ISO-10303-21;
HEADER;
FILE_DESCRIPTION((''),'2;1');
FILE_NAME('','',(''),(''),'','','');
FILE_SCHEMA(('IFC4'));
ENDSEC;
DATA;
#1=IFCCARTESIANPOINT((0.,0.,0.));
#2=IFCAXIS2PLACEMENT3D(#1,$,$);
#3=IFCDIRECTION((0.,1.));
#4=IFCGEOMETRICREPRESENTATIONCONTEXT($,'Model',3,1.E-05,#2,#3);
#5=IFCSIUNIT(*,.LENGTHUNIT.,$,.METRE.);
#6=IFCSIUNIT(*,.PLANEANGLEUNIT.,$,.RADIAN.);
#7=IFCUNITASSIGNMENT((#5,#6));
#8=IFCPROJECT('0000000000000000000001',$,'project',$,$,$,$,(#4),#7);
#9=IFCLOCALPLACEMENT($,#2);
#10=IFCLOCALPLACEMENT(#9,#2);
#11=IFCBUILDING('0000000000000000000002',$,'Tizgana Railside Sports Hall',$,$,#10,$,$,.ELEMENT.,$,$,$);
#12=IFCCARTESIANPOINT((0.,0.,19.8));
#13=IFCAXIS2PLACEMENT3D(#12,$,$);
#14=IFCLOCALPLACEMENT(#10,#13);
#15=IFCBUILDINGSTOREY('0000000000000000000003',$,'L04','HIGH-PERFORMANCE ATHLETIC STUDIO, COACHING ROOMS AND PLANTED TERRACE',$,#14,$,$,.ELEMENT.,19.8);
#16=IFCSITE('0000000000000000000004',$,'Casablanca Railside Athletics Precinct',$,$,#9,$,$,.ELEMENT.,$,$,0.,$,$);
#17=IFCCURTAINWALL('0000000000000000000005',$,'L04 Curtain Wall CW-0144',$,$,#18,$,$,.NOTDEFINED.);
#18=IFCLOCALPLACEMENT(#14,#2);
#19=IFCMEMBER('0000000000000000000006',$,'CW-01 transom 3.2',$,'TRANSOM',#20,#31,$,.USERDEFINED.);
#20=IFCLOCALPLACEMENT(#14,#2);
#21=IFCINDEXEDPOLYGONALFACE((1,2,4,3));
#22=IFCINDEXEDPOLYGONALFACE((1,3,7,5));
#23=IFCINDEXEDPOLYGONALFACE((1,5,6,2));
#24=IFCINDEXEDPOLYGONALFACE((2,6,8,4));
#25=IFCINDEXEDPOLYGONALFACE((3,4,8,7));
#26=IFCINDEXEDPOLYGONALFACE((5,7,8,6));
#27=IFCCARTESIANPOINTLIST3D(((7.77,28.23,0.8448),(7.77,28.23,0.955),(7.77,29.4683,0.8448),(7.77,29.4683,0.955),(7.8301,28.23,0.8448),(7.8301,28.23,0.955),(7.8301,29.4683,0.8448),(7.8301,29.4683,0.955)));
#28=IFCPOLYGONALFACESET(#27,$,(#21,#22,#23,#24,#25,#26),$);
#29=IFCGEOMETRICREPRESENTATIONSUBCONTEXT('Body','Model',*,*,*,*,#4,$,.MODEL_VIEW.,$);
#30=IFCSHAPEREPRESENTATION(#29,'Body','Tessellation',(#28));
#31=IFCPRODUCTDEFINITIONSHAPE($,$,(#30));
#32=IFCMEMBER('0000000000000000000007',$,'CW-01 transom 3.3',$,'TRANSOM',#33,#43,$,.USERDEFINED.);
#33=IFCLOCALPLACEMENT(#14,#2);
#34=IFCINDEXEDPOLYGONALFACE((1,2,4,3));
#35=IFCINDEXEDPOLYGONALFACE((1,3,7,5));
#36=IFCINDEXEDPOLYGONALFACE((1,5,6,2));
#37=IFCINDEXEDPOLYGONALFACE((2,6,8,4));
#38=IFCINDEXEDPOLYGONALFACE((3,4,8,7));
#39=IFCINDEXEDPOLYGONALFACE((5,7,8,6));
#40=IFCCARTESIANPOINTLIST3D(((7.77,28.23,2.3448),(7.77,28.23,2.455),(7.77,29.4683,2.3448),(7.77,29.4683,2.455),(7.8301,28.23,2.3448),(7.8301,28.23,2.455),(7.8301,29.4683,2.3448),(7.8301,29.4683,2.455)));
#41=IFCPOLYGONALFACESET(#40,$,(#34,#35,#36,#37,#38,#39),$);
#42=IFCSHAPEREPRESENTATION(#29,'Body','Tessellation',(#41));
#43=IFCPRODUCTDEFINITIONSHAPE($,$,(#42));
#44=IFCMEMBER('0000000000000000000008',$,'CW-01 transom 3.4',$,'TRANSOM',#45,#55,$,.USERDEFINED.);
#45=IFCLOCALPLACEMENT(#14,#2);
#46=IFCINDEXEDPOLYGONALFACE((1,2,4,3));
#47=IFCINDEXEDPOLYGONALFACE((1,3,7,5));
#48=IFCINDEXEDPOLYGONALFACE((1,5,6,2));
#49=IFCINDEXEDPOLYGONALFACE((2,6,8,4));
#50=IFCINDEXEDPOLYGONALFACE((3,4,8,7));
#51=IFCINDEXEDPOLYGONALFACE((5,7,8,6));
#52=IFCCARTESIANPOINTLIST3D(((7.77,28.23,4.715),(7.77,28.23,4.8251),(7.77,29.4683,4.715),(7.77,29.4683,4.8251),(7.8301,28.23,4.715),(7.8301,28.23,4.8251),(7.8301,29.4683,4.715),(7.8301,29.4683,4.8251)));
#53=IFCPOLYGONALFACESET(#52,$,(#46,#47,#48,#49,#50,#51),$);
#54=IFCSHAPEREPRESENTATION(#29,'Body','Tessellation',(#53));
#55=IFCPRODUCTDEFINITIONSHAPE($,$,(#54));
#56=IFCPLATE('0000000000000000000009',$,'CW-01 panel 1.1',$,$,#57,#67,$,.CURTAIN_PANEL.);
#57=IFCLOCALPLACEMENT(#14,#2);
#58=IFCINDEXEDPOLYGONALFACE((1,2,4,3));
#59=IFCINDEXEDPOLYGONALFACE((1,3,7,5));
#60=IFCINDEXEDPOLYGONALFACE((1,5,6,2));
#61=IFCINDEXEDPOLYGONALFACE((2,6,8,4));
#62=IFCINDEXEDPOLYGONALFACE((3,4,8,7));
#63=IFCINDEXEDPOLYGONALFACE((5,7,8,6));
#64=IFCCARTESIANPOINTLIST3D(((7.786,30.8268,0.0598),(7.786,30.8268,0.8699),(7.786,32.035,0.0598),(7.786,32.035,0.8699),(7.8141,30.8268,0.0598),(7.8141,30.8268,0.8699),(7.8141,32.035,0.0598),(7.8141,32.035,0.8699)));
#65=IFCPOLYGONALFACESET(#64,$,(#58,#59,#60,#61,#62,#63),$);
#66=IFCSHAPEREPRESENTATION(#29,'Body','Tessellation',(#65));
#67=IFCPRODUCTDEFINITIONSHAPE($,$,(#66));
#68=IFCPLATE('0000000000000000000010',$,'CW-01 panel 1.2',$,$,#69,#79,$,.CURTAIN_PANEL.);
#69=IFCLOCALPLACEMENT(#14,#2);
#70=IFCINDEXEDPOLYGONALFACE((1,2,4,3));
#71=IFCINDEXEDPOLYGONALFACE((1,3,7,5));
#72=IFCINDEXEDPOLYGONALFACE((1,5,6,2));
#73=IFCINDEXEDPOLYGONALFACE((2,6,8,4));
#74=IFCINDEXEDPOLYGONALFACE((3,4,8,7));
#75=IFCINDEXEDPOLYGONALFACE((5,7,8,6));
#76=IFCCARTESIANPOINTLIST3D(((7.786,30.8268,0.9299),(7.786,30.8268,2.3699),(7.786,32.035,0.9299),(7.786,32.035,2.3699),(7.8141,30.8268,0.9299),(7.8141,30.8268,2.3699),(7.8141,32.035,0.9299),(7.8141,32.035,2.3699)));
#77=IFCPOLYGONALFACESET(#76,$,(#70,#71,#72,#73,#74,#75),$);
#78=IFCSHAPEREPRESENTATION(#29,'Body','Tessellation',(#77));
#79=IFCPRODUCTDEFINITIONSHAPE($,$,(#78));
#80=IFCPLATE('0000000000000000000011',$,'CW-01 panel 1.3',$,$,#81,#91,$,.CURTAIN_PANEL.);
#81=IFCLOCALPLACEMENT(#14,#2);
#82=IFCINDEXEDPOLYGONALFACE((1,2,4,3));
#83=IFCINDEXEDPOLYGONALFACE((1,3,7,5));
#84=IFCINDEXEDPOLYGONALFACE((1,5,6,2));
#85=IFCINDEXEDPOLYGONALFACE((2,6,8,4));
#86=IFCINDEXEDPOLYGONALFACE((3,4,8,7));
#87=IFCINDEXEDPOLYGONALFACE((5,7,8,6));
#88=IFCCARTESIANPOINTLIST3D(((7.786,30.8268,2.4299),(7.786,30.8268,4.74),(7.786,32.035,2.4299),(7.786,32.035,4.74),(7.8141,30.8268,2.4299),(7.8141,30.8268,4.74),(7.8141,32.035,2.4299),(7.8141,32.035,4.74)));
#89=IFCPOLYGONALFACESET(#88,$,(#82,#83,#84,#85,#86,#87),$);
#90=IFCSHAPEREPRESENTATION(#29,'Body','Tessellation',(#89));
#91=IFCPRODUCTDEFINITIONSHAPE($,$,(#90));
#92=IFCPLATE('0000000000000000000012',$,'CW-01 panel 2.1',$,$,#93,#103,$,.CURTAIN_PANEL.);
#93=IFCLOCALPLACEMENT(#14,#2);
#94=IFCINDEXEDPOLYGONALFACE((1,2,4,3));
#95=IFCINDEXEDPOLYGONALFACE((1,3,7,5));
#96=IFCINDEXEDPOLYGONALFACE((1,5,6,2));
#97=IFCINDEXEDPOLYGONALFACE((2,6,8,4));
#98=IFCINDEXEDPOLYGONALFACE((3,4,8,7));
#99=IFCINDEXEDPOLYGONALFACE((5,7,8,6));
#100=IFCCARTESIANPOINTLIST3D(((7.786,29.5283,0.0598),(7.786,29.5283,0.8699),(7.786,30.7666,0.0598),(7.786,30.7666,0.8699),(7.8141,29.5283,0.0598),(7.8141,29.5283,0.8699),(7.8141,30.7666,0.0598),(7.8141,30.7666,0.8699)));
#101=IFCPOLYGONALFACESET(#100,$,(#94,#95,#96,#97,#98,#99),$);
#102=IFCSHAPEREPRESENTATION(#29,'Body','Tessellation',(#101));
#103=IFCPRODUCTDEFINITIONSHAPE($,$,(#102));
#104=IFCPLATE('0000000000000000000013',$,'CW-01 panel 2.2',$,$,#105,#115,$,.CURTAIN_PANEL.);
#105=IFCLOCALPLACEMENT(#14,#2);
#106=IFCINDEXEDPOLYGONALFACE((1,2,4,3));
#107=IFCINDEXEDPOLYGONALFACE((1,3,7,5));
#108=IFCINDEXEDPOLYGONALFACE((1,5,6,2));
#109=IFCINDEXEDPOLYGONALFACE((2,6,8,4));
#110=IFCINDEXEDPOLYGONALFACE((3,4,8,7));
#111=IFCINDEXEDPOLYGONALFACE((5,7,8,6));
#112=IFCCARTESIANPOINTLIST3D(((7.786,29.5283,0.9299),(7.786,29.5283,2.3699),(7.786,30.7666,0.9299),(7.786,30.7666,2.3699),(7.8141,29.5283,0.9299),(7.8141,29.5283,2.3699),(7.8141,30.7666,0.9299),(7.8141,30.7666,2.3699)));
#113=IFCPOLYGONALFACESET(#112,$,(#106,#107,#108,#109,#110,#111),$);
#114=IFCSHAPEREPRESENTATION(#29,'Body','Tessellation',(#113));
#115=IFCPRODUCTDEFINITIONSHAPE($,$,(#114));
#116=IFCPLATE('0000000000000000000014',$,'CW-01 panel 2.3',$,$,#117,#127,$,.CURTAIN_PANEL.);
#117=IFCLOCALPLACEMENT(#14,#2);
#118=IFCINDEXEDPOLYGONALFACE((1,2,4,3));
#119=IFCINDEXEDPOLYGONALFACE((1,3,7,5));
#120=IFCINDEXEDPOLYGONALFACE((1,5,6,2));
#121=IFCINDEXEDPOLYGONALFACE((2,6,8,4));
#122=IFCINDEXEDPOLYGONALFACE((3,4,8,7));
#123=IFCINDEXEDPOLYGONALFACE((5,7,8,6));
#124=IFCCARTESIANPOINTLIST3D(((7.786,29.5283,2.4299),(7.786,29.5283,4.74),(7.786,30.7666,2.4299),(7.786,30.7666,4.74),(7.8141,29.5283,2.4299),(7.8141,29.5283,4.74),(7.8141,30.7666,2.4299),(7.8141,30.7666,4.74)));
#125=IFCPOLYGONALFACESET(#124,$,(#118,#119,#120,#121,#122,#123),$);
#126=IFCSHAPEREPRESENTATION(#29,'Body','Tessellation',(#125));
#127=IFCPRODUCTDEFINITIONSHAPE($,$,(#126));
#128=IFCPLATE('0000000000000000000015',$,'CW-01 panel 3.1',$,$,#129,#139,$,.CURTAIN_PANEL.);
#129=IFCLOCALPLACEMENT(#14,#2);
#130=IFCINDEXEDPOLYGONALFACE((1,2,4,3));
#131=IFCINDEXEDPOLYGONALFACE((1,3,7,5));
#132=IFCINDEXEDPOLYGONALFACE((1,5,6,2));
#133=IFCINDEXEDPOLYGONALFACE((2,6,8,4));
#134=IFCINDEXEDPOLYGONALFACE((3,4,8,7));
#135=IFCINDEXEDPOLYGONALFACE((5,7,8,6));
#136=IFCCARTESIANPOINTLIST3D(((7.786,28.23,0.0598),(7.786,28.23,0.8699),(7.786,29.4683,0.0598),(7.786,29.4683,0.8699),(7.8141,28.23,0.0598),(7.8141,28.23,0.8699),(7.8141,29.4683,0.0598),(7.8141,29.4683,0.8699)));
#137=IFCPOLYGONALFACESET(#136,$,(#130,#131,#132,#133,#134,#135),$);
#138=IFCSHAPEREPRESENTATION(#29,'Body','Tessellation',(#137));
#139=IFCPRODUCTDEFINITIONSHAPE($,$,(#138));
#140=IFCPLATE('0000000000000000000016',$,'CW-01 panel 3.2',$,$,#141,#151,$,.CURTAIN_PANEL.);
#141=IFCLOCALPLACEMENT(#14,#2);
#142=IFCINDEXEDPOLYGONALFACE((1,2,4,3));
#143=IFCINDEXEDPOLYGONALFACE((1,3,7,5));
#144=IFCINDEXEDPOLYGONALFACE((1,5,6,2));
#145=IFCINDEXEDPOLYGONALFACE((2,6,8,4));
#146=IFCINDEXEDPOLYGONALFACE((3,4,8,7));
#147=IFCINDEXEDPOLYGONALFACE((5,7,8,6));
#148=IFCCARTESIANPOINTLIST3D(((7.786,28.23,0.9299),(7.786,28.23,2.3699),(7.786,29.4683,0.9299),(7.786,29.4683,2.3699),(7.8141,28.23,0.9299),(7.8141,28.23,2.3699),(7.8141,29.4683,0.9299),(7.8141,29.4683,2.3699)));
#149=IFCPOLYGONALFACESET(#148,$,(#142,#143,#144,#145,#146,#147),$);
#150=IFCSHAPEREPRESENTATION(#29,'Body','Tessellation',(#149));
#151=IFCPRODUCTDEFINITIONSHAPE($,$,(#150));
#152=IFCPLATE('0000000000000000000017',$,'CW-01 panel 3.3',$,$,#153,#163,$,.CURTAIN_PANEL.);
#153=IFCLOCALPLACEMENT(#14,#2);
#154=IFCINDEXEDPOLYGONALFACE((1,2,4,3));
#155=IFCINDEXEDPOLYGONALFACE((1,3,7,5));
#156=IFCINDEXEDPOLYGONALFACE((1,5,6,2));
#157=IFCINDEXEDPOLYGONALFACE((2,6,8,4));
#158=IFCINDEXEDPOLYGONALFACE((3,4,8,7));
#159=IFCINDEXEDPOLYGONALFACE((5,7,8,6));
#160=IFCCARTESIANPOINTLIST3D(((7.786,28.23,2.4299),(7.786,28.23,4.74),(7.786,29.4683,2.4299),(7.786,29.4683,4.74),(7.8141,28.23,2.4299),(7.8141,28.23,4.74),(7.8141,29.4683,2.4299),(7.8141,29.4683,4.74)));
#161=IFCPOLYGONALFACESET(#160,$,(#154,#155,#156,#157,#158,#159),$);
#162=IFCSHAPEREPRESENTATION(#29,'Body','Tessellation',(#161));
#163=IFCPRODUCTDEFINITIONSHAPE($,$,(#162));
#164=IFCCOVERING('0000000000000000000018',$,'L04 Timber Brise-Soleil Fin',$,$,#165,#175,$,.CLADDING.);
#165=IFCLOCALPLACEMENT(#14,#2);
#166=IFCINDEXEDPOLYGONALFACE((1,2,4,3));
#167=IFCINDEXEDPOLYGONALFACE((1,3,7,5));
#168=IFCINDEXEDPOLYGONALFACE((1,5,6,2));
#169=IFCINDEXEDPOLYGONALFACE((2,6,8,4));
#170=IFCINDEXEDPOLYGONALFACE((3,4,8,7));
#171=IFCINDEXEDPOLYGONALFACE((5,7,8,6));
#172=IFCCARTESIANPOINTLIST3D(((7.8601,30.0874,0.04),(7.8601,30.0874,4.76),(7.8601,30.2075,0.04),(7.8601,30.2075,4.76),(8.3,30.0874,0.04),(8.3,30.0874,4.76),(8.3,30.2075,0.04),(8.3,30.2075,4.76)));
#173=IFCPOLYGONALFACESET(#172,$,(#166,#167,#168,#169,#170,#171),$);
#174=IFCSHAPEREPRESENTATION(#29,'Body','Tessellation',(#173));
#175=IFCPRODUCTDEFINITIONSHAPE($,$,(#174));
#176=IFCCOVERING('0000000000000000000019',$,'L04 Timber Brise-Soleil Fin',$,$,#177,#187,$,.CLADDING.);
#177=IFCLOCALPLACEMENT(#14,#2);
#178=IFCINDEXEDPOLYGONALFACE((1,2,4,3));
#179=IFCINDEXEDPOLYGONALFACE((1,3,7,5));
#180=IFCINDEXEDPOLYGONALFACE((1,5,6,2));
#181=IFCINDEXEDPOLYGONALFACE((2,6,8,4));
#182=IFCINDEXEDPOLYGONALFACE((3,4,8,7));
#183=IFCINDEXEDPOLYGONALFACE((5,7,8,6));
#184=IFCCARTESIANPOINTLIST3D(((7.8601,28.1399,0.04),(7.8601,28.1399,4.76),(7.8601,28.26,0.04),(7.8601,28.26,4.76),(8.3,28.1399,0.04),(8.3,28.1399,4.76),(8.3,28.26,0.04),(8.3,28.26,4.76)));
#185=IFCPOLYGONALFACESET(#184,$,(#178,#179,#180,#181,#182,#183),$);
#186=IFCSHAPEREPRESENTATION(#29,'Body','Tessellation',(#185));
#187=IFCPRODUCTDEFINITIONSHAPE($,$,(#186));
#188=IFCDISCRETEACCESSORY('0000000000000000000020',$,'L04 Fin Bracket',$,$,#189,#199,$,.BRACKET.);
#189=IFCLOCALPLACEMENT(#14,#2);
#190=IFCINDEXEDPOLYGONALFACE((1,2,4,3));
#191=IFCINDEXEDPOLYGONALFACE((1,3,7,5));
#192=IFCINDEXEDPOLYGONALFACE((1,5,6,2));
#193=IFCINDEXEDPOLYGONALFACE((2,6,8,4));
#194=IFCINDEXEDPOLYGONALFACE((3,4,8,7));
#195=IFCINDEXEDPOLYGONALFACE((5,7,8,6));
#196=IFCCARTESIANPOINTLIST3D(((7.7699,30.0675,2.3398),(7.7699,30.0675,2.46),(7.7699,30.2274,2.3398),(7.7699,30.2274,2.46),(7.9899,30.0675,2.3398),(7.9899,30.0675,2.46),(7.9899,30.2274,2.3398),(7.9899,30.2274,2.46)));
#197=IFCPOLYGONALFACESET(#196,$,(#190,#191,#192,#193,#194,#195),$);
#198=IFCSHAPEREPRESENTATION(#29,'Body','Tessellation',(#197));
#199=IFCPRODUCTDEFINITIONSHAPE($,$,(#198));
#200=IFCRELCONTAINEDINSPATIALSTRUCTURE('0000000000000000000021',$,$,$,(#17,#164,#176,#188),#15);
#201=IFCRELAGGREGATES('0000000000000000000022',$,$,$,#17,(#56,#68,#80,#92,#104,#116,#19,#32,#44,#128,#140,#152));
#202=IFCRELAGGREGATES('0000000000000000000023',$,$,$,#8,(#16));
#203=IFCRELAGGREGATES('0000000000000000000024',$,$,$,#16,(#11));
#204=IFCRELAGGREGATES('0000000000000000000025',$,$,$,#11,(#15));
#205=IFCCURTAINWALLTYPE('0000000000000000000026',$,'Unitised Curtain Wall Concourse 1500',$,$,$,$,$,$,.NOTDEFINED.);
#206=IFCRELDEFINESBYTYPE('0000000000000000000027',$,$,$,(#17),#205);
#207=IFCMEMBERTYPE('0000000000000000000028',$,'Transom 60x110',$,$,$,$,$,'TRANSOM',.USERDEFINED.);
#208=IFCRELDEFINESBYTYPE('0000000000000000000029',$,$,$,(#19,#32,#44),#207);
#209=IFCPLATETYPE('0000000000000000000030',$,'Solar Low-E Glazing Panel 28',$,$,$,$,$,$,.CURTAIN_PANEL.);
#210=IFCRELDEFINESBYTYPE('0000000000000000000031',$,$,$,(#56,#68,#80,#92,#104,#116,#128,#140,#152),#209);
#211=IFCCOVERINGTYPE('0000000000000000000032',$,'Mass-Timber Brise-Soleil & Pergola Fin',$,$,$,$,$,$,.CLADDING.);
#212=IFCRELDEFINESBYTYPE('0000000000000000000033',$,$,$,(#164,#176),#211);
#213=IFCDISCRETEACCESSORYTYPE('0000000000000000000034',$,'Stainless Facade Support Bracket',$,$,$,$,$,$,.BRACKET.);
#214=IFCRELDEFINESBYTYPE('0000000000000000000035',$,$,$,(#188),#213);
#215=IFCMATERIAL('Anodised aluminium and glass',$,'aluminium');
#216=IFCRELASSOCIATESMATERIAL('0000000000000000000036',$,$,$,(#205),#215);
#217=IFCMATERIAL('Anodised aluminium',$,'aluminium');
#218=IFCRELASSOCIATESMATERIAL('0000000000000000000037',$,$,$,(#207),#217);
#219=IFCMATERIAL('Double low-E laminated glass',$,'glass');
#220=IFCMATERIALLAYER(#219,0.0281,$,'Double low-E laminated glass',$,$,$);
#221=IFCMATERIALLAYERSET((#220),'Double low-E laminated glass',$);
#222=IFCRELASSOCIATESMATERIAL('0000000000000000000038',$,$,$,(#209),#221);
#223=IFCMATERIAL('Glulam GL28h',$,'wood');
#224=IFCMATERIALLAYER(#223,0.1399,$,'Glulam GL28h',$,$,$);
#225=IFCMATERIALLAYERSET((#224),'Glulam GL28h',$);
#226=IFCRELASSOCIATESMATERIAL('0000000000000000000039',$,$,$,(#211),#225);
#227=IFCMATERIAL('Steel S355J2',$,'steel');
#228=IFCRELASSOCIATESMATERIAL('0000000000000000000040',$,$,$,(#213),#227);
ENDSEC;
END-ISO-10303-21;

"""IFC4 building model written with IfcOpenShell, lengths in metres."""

from ifc_helpers import new_model, si_unit, direction, frame, origin, origin_2d, place, context, subcontext, project, spatial, rectangle, extrude, material, layer, layer_set, material_profile, profile_set, type_object, element, aggregate, save


model = new_model("IFC4")

# Units and contexts
model_context = context("Model", 3, precision=1e-05, world=origin(), true_north=direction((0.0, 1.0)))
body_context = subcontext(model_context, "Body", "Model", "MODEL_VIEW")
ifc_project = project(units=[si_unit("LENGTHUNIT", "METRE"), si_unit("PLANEANGLEUNIT", "RADIAN")], contexts=[model_context])

# Site, building, storey
site_placement = place(None, origin())
site = spatial("IfcSite", under=ifc_project, at=site_placement, Name="Casablanca Railside Athletics Precinct", CompositionType="ELEMENT", RefElevation=0.0)
building_placement = place(site_placement, origin())
building = spatial("IfcBuilding", under=site, at=building_placement, Name="Tizgana Railside Sports Hall", CompositionType="ELEMENT")
storey_placement = place(building_placement, frame((0.0, 0.0, 19.8)))
storey = spatial("IfcBuildingStorey", under=building, at=storey_placement, Name="L04", Description="HIGH-PERFORMANCE ATHLETIC STUDIO, COACHING ROOMS AND PLANTED TERRACE", CompositionType="ELEMENT", Elevation=19.8)

# Curtain wall
ifc_material_1 = material(Name="Anodised aluminium and glass", Category="aluminium")
curtain_wall_type = type_object("IfcCurtainWallType", Name="Unitised Curtain Wall Concourse 1500", PredefinedType="NOTDEFINED", material=ifc_material_1)
curtain_wall_placement = place(storey_placement, origin())
curtain_wall = element("IfcCurtainWall", 1, at=curtain_wall_placement, inside=storey, type_object=curtain_wall_type, Name="L04 Curtain Wall CW-0144", PredefinedType="NOTDEFINED")
ifc_material_2 = material(Name="Anodised aluminium", Category="aluminium")

# Shared definitions
ifc_material_3 = material(Name="Steel S355J2", Category="steel")

# Members
ifc_material_profile_1 = material_profile(ifc_material_2, rectangle(XDim=0.0601, YDim=0.1101, at=origin_2d()), Name="Transom 60x110")
ifc_profile_set_1 = profile_set([ifc_material_profile_1], Name="Anodised aluminium")
member_type_1 = type_object("IfcMemberType", Name="Transom 60x110", ElementType="TRANSOM", PredefinedType="USERDEFINED", material=ifc_profile_set_1)
member_1_placement = place(storey_placement, frame((7.8, 29.4683, 0.8999), z_axis=(0.0, -1.0, 0.0), x_axis=(1.0, 0.0, 0.0)))
member_1 = element("IfcMember", 2, at=member_1_placement, type_object=member_type_1, Name="CW-01 transom 3.2", ObjectType="TRANSOM", PredefinedType="USERDEFINED", context=body_context, shape_type="SweptSolid", body=[
    extrude(rectangle(XDim=0.0601, YDim=0.1101, at=origin_2d()), origin(), (0.0, 0.0, 1.0), 1.2383),
])
member_2_placement = place(storey_placement, frame((7.8, 29.4683, 2.3999), z_axis=(0.0, -1.0, 0.0), x_axis=(1.0, 0.0, 0.0)))
member_2 = element("IfcMember", 3, at=member_2_placement, type_object=member_type_1, Name="CW-01 transom 3.3", ObjectType="TRANSOM", PredefinedType="USERDEFINED", context=body_context, shape_type="SweptSolid", body=[
    extrude(rectangle(XDim=0.0601, YDim=0.1101, at=origin_2d()), origin(), (0.0, 0.0, 1.0), 1.2383),
])
member_3_placement = place(storey_placement, frame((7.8, 29.4683, 4.77), z_axis=(0.0, -1.0, 0.0), x_axis=(1.0, 0.0, 0.0)))
member_3 = element("IfcMember", 4, at=member_3_placement, type_object=member_type_1, Name="CW-01 transom 3.4", ObjectType="TRANSOM", PredefinedType="USERDEFINED", context=body_context, shape_type="SweptSolid", body=[
    extrude(rectangle(XDim=0.0601, YDim=0.1101, at=origin_2d()), origin(), (0.0, 0.0, 1.0), 1.2383),
])

# Plates
ifc_material_4 = material(Name="Double low-E laminated glass", Category="glass")
ifc_layer_1 = layer(ifc_material_4, 0.0281, Name="Double low-E laminated glass")
ifc_layer_set_1 = layer_set([ifc_layer_1], Name="Double low-E laminated glass")
plate_type = type_object("IfcPlateType", Name="Solar Low-E Glazing Panel 28", PredefinedType="CURTAIN_PANEL", material=ifc_layer_set_1)
plate_1_placement = place(storey_placement, frame((7.8, 31.4309, 0.0598), z_axis=(0.0, 0.0, 1.0), x_axis=(0.0, -1.0, 0.0)))
plate_1 = element("IfcPlate", 5, at=plate_1_placement, type_object=plate_type, Name="CW-01 panel 1.1", PredefinedType="CURTAIN_PANEL", context=body_context, shape_type="SweptSolid", body=[
    extrude(rectangle(XDim=1.2083, YDim=0.0281, at=origin_2d()), origin(), (0.0, 0.0, 1.0), 0.8101),
])
plate_2_placement = place(storey_placement, frame((7.8, 31.4309, 0.9299), z_axis=(0.0, 0.0, 1.0), x_axis=(0.0, -1.0, 0.0)))
plate_2 = element("IfcPlate", 6, at=plate_2_placement, type_object=plate_type, Name="CW-01 panel 1.2", PredefinedType="CURTAIN_PANEL", context=body_context, shape_type="SweptSolid", body=[
    extrude(rectangle(XDim=1.2083, YDim=0.0281, at=origin_2d()), origin(), (0.0, 0.0, 1.0), 1.4399),
])
plate_3_placement = place(storey_placement, frame((7.8, 31.4309, 2.4299), z_axis=(0.0, 0.0, 1.0), x_axis=(0.0, -1.0, 0.0)))
plate_3 = element("IfcPlate", 7, at=plate_3_placement, type_object=plate_type, Name="CW-01 panel 1.3", PredefinedType="CURTAIN_PANEL", context=body_context, shape_type="SweptSolid", body=[
    extrude(rectangle(XDim=1.2083, YDim=0.0281, at=origin_2d()), origin(), (0.0, 0.0, 1.0), 2.3101),
])
plate_4_placement = place(storey_placement, frame((7.8, 30.1475, 0.0598), z_axis=(0.0, 0.0, 1.0), x_axis=(0.0, -1.0, 0.0)))
plate_4 = element("IfcPlate", 8, at=plate_4_placement, type_object=plate_type, Name="CW-01 panel 2.1", PredefinedType="CURTAIN_PANEL", context=body_context, shape_type="SweptSolid", body=[
    extrude(rectangle(XDim=1.2383, YDim=0.0281, at=origin_2d()), origin(), (0.0, 0.0, 1.0), 0.8101),
])
plate_5_placement = place(storey_placement, frame((7.8, 30.1475, 0.9299), z_axis=(0.0, 0.0, 1.0), x_axis=(0.0, -1.0, 0.0)))
plate_5 = element("IfcPlate", 9, at=plate_5_placement, type_object=plate_type, Name="CW-01 panel 2.2", PredefinedType="CURTAIN_PANEL", context=body_context, shape_type="SweptSolid", body=[
    extrude(rectangle(XDim=1.2383, YDim=0.0281, at=origin_2d()), origin(), (0.0, 0.0, 1.0), 1.4399),
])
plate_6_placement = place(storey_placement, frame((7.8, 30.1475, 2.4299), z_axis=(0.0, 0.0, 1.0), x_axis=(0.0, -1.0, 0.0)))
plate_6 = element("IfcPlate", 10, at=plate_6_placement, type_object=plate_type, Name="CW-01 panel 2.3", PredefinedType="CURTAIN_PANEL", context=body_context, shape_type="SweptSolid", body=[
    extrude(rectangle(XDim=1.2383, YDim=0.0281, at=origin_2d()), origin(), (0.0, 0.0, 1.0), 2.3101),
])
plate_7_placement = place(storey_placement, frame((7.8, 28.8491, 0.0598), z_axis=(0.0, 0.0, 1.0), x_axis=(0.0, -1.0, 0.0)))
plate_7 = element("IfcPlate", 11, at=plate_7_placement, type_object=plate_type, Name="CW-01 panel 3.1", PredefinedType="CURTAIN_PANEL", context=body_context, shape_type="SweptSolid", body=[
    extrude(rectangle(XDim=1.2383, YDim=0.0281, at=origin_2d()), origin(), (0.0, 0.0, 1.0), 0.8101),
])
plate_8_placement = place(storey_placement, frame((7.8, 28.8491, 0.9299), z_axis=(0.0, 0.0, 1.0), x_axis=(0.0, -1.0, 0.0)))
plate_8 = element("IfcPlate", 12, at=plate_8_placement, type_object=plate_type, Name="CW-01 panel 3.2", PredefinedType="CURTAIN_PANEL", context=body_context, shape_type="SweptSolid", body=[
    extrude(rectangle(XDim=1.2383, YDim=0.0281, at=origin_2d()), origin(), (0.0, 0.0, 1.0), 1.4399),
])
plate_9_placement = place(storey_placement, frame((7.8, 28.8491, 2.4299), z_axis=(0.0, 0.0, 1.0), x_axis=(0.0, -1.0, 0.0)))
plate_9 = element("IfcPlate", 13, at=plate_9_placement, type_object=plate_type, Name="CW-01 panel 3.3", PredefinedType="CURTAIN_PANEL", context=body_context, shape_type="SweptSolid", body=[
    extrude(rectangle(XDim=1.2383, YDim=0.0281, at=origin_2d()), origin(), (0.0, 0.0, 1.0), 2.3101),
])
aggregate(curtain_wall, [plate_1, plate_2, plate_3, plate_4, plate_5, plate_6, member_1, member_2, member_3, plate_7, plate_8, plate_9])

# Coverings
ifc_material_5 = material(Name="Glulam GL28h", Category="wood")
ifc_layer_2 = layer(ifc_material_5, 0.1399, Name="Glulam GL28h")
ifc_layer_set_2 = layer_set([ifc_layer_2], Name="Glulam GL28h")
covering_type = type_object("IfcCoveringType", Name="Mass-Timber Brise-Soleil & Pergola Fin", PredefinedType="CLADDING", material=ifc_layer_set_2)
for number, where, z_axis, x_axis, name in (
    (14, (8.0801, 30.1475, 0.04), (0.0, 0.0, 1.0), (0.0, -1.0, 0.0), "L04 Timber Brise-Soleil Fin"),
    (15, (8.0801, 28.2, 0.04), (0.0, 0.0, 1.0), (0.0, -1.0, 0.0), "L04 Timber Brise-Soleil Fin"),
):
    element("IfcCovering", number, at=place(storey_placement, frame(where, z_axis=z_axis, x_axis=x_axis)), inside=storey, type_object=covering_type, Name=name, PredefinedType="CLADDING", context=body_context, shape_type="SweptSolid", body=[
        extrude(rectangle(XDim=0.1201, YDim=0.4399, at=origin_2d()), origin(), (0.0, 0.0, 1.0), 4.72),
    ])

# Discrete accessory
discrete_accessory_type = type_object("IfcDiscreteAccessoryType", Name="Stainless Facade Support Bracket", PredefinedType="BRACKET", material=ifc_material_3)
discrete_accessory_placement = place(storey_placement, frame((7.8799, 30.1475, 2.3398), z_axis=(0.0, 0.0, 1.0), x_axis=(0.0, -1.0, 0.0)))
element("IfcDiscreteAccessory", 16, at=discrete_accessory_placement, inside=storey, type_object=discrete_accessory_type, Name="L04 Fin Bracket", PredefinedType="BRACKET", context=body_context, shape_type="SweptSolid", body=[
    extrude(rectangle(XDim=0.1599, YDim=0.22, at=origin_2d()), origin(), (0.0, 0.0, 1.0), 0.1201),
])

save(model, "model.ifc")
